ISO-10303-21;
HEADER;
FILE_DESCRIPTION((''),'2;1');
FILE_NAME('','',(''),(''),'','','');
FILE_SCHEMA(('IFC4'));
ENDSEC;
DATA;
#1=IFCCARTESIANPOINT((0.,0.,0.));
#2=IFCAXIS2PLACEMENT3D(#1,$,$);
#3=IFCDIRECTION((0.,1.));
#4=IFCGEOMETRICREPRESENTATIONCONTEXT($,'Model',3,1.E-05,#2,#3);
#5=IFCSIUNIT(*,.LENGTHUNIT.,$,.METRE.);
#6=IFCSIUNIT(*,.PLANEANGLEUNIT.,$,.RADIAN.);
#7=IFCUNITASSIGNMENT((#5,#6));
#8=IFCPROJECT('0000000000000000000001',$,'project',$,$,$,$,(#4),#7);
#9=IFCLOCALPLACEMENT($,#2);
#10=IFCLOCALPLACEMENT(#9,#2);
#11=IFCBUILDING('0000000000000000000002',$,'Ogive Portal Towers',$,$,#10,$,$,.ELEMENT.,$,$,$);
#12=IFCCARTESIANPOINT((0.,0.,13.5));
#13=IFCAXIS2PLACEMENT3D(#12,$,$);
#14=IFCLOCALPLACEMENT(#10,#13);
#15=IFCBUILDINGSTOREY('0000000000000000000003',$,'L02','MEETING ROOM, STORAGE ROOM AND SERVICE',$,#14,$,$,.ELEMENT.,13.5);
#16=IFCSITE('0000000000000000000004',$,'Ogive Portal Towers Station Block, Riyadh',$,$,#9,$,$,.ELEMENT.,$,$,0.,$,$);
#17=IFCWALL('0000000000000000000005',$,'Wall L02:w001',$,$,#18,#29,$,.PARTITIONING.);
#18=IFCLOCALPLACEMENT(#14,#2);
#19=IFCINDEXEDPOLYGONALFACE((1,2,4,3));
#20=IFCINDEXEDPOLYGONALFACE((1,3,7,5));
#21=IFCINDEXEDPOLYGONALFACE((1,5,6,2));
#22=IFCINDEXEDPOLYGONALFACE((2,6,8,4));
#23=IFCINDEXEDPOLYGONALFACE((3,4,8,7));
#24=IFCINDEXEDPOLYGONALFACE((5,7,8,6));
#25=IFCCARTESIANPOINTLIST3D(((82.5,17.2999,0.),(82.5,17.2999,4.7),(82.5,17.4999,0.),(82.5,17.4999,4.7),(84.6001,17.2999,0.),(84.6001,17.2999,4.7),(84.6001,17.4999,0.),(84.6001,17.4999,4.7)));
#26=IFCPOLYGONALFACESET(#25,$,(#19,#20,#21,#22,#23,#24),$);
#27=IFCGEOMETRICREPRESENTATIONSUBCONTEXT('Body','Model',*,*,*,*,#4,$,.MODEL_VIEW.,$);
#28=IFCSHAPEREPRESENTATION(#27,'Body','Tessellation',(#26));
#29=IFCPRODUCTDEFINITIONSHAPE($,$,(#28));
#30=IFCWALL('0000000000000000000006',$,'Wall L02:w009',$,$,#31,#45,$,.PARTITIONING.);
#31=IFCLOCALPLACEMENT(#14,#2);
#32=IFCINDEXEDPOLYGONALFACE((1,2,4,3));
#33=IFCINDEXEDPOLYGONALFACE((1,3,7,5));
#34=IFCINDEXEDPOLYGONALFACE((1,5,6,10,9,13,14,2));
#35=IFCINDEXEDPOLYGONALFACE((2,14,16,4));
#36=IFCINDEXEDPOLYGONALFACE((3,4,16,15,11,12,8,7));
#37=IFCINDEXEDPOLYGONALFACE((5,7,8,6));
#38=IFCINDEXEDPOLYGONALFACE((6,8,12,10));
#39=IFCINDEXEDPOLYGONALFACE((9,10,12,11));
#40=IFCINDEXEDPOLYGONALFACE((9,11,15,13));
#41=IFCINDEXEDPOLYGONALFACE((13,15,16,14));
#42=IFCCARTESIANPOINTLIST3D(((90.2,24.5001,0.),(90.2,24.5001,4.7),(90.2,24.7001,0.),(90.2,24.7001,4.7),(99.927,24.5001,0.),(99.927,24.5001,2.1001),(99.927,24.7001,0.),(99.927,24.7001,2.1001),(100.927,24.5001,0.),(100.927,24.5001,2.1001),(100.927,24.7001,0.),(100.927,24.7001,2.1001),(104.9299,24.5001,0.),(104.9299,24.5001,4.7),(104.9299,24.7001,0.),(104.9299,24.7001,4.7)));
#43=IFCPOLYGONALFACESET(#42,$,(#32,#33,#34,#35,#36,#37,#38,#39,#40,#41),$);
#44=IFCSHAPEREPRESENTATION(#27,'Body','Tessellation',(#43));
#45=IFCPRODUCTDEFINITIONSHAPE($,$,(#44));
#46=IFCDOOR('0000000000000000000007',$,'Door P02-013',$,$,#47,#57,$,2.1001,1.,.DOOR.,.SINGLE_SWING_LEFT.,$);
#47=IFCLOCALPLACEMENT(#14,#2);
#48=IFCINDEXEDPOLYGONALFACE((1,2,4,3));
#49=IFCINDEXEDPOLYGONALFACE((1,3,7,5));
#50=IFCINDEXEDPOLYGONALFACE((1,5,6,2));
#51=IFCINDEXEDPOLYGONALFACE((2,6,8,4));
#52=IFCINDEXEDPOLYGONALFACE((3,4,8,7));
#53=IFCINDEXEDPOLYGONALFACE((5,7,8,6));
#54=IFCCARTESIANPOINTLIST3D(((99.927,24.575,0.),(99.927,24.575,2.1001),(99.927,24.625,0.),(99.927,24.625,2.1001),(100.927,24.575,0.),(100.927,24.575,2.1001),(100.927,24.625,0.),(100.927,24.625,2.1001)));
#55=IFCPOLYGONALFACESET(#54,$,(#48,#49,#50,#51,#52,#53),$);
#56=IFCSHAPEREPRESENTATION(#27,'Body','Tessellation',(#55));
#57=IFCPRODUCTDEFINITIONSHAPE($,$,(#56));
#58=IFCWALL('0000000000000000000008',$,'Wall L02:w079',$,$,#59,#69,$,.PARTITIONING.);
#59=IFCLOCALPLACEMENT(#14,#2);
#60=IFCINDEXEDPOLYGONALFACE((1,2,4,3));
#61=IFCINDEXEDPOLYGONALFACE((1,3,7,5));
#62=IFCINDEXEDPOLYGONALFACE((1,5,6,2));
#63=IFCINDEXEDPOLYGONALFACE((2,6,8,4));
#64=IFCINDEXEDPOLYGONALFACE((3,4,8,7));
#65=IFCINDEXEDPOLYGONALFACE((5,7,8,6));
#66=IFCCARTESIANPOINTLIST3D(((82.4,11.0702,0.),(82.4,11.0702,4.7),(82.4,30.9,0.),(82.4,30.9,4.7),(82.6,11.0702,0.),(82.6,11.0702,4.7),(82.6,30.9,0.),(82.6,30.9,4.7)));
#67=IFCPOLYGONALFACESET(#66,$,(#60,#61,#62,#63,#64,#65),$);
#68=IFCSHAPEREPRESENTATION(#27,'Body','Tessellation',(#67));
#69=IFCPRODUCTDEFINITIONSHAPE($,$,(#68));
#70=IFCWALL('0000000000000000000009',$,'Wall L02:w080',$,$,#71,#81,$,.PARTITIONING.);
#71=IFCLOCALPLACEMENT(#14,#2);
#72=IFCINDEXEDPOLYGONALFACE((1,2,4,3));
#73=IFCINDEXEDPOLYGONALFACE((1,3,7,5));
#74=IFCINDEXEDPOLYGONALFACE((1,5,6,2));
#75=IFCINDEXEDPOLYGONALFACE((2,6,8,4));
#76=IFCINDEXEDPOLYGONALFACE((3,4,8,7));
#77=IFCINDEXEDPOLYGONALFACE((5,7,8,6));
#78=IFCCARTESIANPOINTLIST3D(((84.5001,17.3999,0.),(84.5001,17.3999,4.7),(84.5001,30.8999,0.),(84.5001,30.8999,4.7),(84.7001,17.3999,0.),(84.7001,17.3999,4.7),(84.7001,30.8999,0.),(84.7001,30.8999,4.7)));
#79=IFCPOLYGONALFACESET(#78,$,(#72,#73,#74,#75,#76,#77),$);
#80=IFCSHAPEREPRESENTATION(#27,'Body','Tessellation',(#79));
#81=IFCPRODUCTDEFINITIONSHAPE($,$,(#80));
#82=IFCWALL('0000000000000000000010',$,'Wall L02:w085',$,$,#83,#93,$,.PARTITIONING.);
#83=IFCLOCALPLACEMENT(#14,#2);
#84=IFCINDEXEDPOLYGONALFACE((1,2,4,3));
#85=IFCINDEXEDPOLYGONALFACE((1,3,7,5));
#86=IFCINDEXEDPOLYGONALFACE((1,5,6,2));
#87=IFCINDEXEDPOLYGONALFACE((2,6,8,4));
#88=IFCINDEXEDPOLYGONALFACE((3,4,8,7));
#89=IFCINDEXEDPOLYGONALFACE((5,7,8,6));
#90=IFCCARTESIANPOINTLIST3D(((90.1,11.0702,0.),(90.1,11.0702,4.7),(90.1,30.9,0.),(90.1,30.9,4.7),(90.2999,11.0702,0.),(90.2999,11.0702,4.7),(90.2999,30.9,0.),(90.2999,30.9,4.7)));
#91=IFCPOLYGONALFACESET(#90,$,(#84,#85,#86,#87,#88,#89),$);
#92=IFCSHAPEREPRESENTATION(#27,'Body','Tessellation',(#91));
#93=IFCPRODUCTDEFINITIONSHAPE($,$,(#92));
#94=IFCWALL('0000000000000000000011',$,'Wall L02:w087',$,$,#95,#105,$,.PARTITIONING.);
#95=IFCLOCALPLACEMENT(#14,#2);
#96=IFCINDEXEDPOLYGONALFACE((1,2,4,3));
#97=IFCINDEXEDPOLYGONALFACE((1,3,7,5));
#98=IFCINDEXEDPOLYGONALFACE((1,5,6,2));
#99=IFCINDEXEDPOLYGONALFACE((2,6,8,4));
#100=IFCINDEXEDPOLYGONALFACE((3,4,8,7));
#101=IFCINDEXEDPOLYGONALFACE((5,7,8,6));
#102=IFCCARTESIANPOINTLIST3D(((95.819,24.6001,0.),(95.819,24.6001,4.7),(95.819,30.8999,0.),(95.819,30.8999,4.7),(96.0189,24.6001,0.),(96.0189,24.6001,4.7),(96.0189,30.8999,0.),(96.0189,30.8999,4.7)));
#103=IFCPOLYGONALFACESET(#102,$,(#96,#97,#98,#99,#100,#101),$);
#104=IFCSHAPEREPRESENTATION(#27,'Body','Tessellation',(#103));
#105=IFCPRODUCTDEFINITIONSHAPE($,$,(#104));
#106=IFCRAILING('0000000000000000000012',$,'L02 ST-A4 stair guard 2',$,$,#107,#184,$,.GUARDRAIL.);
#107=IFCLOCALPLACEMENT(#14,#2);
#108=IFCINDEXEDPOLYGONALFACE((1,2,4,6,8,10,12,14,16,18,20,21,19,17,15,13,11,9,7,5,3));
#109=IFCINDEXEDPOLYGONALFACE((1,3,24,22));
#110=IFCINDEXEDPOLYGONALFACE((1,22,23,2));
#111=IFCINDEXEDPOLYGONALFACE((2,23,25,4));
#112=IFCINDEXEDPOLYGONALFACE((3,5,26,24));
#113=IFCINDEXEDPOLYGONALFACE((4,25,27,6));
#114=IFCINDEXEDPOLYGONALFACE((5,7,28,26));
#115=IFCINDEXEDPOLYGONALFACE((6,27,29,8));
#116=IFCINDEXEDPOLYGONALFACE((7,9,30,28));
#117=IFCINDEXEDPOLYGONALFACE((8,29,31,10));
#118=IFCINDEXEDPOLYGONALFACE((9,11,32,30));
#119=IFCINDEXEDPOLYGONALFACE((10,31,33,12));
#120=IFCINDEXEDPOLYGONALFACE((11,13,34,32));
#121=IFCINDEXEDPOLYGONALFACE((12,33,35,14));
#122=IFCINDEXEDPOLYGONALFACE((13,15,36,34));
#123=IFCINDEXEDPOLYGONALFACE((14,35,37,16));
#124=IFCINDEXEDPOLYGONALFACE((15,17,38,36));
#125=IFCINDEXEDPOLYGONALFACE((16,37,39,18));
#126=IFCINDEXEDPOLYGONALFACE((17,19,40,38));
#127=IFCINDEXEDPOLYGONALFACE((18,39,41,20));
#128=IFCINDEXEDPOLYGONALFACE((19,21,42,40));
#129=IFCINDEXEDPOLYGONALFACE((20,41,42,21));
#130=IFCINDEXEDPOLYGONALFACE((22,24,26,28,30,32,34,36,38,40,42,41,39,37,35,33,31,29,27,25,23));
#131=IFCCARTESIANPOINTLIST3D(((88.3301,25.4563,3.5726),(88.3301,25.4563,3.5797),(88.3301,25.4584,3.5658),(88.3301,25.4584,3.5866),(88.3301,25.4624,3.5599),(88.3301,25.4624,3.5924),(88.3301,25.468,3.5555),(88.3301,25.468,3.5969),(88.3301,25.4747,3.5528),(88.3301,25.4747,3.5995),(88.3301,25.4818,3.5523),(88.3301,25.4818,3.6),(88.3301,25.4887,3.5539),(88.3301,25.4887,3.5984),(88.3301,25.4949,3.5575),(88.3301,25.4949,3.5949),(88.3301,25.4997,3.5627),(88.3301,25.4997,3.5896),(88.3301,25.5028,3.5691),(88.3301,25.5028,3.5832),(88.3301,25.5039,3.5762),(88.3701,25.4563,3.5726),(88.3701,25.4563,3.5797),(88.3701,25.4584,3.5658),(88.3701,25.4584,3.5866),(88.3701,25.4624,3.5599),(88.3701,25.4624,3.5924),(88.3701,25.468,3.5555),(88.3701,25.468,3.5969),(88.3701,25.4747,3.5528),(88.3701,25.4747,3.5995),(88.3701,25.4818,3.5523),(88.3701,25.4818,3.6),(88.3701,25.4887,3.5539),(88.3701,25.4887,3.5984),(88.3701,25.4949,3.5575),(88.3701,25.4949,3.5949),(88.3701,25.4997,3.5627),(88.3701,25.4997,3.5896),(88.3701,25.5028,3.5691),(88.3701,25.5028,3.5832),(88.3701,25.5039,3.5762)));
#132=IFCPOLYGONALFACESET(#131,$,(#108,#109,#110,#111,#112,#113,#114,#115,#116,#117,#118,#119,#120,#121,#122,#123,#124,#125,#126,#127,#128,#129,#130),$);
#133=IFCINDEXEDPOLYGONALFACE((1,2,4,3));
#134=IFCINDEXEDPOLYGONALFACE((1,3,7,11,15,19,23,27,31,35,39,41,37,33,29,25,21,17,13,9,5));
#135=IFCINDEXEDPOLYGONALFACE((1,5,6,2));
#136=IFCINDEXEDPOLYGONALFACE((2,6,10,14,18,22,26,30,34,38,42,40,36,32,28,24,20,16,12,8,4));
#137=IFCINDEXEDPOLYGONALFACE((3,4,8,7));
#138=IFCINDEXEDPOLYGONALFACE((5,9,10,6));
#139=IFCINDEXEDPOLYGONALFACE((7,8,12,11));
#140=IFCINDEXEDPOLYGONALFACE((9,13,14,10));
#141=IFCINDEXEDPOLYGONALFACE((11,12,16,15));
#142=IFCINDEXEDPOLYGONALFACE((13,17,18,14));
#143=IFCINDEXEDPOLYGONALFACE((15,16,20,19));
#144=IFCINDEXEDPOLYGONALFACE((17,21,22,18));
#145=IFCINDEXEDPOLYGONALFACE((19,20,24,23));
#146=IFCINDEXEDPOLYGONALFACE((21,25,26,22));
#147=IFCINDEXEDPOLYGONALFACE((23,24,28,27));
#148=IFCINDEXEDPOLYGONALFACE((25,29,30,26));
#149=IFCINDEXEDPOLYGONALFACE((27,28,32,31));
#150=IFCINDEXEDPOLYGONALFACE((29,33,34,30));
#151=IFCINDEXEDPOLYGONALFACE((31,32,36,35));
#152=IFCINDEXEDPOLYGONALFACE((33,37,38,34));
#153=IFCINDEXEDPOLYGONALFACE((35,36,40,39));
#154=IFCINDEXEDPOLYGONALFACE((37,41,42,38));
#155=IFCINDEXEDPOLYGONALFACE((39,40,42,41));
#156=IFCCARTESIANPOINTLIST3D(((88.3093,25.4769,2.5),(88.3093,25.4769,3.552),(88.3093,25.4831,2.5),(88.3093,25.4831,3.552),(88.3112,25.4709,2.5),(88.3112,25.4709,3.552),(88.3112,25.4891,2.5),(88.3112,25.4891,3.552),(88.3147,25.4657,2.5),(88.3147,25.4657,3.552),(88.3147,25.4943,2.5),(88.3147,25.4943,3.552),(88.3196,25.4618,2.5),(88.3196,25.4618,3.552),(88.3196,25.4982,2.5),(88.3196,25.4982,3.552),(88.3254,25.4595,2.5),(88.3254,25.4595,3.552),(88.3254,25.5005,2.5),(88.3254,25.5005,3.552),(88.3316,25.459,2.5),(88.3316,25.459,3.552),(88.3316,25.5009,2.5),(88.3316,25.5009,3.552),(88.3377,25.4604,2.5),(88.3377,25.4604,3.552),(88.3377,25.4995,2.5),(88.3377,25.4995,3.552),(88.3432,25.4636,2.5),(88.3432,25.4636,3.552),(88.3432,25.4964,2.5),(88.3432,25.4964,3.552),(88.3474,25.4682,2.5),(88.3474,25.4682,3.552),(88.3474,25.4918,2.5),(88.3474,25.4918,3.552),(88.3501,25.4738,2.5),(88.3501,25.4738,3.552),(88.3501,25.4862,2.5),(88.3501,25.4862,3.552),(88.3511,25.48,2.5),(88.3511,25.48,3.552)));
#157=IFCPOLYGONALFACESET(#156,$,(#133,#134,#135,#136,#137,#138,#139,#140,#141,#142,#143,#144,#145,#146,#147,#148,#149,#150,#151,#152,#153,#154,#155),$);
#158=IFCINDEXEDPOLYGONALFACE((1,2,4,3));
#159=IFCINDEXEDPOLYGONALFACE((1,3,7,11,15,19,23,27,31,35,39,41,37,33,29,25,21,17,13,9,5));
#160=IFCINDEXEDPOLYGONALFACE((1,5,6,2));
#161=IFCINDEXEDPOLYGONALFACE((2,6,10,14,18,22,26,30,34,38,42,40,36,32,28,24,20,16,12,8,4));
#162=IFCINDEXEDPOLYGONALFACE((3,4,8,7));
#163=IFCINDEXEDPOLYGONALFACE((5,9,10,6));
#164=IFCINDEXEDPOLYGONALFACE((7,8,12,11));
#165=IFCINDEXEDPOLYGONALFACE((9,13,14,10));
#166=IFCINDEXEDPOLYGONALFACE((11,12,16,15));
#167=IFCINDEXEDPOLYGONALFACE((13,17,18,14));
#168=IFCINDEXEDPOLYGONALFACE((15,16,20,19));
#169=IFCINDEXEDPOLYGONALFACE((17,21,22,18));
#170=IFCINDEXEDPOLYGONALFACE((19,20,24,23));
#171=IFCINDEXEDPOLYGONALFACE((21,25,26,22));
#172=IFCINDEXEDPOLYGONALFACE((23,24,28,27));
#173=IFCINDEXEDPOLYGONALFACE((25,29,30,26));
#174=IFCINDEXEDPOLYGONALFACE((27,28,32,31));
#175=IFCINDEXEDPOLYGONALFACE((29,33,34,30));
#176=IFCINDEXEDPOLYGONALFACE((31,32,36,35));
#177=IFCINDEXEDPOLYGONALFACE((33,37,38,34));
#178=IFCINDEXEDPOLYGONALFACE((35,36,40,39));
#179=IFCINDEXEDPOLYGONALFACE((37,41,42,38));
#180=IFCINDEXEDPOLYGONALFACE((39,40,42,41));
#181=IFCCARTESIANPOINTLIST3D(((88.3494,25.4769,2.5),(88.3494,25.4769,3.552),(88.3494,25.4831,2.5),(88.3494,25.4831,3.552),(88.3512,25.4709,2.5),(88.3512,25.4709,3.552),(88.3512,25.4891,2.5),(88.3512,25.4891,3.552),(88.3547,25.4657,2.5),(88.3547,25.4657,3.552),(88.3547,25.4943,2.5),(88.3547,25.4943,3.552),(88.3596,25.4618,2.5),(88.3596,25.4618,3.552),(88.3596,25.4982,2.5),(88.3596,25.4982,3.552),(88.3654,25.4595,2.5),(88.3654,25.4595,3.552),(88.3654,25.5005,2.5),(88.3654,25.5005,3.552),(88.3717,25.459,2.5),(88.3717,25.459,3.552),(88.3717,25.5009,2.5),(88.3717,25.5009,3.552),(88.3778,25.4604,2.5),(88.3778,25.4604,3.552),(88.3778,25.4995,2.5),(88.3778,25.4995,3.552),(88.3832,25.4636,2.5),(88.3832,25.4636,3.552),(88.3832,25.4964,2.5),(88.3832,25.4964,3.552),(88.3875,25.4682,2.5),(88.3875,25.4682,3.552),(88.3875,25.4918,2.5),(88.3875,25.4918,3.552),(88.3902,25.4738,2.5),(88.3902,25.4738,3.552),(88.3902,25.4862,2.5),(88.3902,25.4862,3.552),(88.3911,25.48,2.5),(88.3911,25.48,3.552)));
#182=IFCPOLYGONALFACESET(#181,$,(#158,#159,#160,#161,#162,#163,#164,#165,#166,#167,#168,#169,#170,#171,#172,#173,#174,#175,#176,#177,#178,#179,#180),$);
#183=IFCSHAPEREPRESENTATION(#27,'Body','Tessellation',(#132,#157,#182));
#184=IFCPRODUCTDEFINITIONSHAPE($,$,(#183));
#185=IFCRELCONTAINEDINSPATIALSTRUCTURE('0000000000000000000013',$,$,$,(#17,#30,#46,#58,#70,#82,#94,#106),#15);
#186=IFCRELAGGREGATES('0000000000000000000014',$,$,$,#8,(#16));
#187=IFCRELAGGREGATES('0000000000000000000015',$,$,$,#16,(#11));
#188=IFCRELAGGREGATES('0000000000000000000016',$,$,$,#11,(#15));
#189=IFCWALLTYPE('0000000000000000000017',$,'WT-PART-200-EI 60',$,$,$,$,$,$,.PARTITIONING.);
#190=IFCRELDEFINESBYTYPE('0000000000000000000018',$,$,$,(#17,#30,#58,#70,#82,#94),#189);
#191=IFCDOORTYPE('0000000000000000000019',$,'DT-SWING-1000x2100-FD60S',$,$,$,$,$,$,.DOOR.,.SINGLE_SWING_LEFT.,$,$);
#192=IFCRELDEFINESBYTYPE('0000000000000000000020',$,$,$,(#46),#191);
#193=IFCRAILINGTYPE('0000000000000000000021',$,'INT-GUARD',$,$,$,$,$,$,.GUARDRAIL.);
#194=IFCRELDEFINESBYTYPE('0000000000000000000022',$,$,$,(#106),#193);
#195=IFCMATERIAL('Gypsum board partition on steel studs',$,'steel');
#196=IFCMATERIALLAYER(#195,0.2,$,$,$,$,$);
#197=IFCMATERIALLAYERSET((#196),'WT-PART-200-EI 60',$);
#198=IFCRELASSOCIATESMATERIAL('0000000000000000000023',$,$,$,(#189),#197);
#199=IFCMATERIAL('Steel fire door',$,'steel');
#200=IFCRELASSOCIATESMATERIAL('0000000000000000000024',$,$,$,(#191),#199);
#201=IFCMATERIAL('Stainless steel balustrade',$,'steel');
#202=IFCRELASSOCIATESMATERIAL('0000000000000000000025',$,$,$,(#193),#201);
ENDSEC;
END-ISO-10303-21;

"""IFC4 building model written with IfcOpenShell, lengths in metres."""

from ifc_helpers import new_model, si_unit, direction, frame, frame_2d, origin, origin_2d, place, context, subcontext, project, spatial, rectangle, circle, extrude, material, layer, layer_set, type_object, element, fill, save


model = new_model("IFC4")

# Units and contexts
model_context = context("Model", 3, precision=1e-05, world=origin(), true_north=direction((0.0, 1.0)))
body_context = subcontext(model_context, "Body", "Model", "MODEL_VIEW")
ifc_project = project(units=[si_unit("LENGTHUNIT", "METRE"), si_unit("PLANEANGLEUNIT", "RADIAN")], contexts=[model_context])

# Site, building, storey
site_placement = place(None, origin())
site = spatial("IfcSite", under=ifc_project, at=site_placement, Name="Ogive Portal Towers Station Block, Riyadh", CompositionType="ELEMENT", RefElevation=0.0)
building_placement = place(site_placement, origin())
building = spatial("IfcBuilding", under=site, at=building_placement, Name="Ogive Portal Towers", CompositionType="ELEMENT")
storey_placement = place(building_placement, frame((0.0, 0.0, 13.5)))
storey = spatial("IfcBuildingStorey", under=building, at=storey_placement, Name="L02", Description="MEETING ROOM, STORAGE ROOM AND SERVICE", CompositionType="ELEMENT", Elevation=13.5)

# Wall
ifc_material_1 = material(Name="Gypsum board partition on steel studs", Category="steel")
ifc_layer_1 = layer(ifc_material_1, 0.2)
ifc_layer_set_1 = layer_set([ifc_layer_1], Name="WT-PART-200-EI 60")
wall_type_1 = type_object("IfcWallType", Name="WT-PART-200-EI 60", PredefinedType="PARTITIONING", material=ifc_layer_set_1)
wall_1_placement = place(storey_placement, frame((82.5, 17.3999, 0.0), z_axis=(0.0, 0.0, 1.0), x_axis=(1.0, 0.0, 0.0)))
element("IfcWall", 1, at=wall_1_placement, inside=storey, type_object=wall_type_1, Name="Wall L02:w001", PredefinedType="PARTITIONING", context=body_context, shape_type="SweptSolid", body=[
    extrude(rectangle(XDim=2.1001, YDim=0.2, at=frame_2d((1.05, 0.0))), origin(), (0.0, 0.0, 1.0), 4.7),
])

# Wall, opening, door
wall_2_placement = place(storey_placement, frame((90.2, 24.6001, 0.0), z_axis=(0.0, 0.0, 1.0), x_axis=(1.0, 0.0, 0.0)))
wall_2 = element("IfcWall", 2, at=wall_2_placement, inside=storey, type_object=wall_type_1, Name="Wall L02:w009", PredefinedType="PARTITIONING", context=body_context, shape_type="SweptSolid", body=[
    extrude(rectangle(XDim=14.73, YDim=0.2, at=frame_2d((7.365, 0.0))), origin(), (0.0, 0.0, 1.0), 4.7),
])
opening_1_placement = place(wall_2_placement, frame((9.7271, 0.0, 0.0)))
opening_1 = element("IfcOpeningElement", 3, at=opening_1_placement, cuts=wall_2, PredefinedType="OPENING", context=body_context, shape_type="SweptSolid", body=[
    extrude(rectangle(XDim=1.0, YDim=2.1001, at=frame_2d((0.5, 1.05))), frame((0.0, 0.1099, 0.0), z_axis=(0.0, -1.0, 0.0), x_axis=(1.0, 0.0, 0.0)), (0.0, 0.0, 1.0), 0.22),
])
ifc_material_2 = material(Name="Steel fire door", Category="steel")
door_type = type_object("IfcDoorType", Name="DT-SWING-1000x2100-FD60S", OperationType="SINGLE_SWING_LEFT", PredefinedType="DOOR", material=ifc_material_2)
door_placement = place(opening_1_placement, origin())
door = element("IfcDoor", 4, at=door_placement, inside=storey, type_object=door_type, Name="Door P02-013", OperationType="SINGLE_SWING_LEFT", OverallHeight=2.1001, OverallWidth=1.0, PredefinedType="DOOR", context=body_context, shape_type="SweptSolid", body=[
    extrude(rectangle(XDim=1.0, YDim=2.1001, at=frame_2d((0.5, 1.05))), frame((0.0, 0.0249, 0.0), z_axis=(0.0, -1.0, 0.0), x_axis=(1.0, 0.0, 0.0)), (0.0, 0.0, 1.0), 0.05),
])
fill(opening_1, door)

# Walls
wall_3_placement = place(storey_placement, frame((82.5, 11.0701, 0.0), z_axis=(0.0, 0.0, 1.0), x_axis=(0.0, 1.0, 0.0)))
element("IfcWall", 5, at=wall_3_placement, inside=storey, type_object=wall_type_1, Name="Wall L02:w079", PredefinedType="PARTITIONING", context=body_context, shape_type="SweptSolid", body=[
    extrude(rectangle(XDim=19.8298, YDim=0.2, at=frame_2d((9.915, 0.0))), origin(), (0.0, 0.0, 1.0), 4.7),
])
wall_4_placement = place(storey_placement, frame((84.6001, 17.3999, 0.0), z_axis=(0.0, 0.0, 1.0), x_axis=(0.0, 1.0, 0.0)))
element("IfcWall", 6, at=wall_4_placement, inside=storey, type_object=wall_type_1, Name="Wall L02:w080", PredefinedType="PARTITIONING", context=body_context, shape_type="SweptSolid", body=[
    extrude(rectangle(XDim=13.5, YDim=0.2, at=frame_2d((6.75, 0.0))), origin(), (0.0, 0.0, 1.0), 4.7),
])
wall_5_placement = place(storey_placement, frame((90.2, 11.0701, 0.0), z_axis=(0.0, 0.0, 1.0), x_axis=(0.0, 1.0, 0.0)))
element("IfcWall", 7, at=wall_5_placement, inside=storey, type_object=wall_type_1, Name="Wall L02:w085", PredefinedType="PARTITIONING", context=body_context, shape_type="SweptSolid", body=[
    extrude(rectangle(XDim=19.8298, YDim=0.2, at=frame_2d((9.915, 0.0))), origin(), (0.0, 0.0, 1.0), 4.7),
])
wall_6_placement = place(storey_placement, frame((95.9189, 24.6001, 0.0), z_axis=(0.0, 0.0, 1.0), x_axis=(0.0, 1.0, 0.0)))
element("IfcWall", 8, at=wall_6_placement, inside=storey, type_object=wall_type_1, Name="Wall L02:w087", PredefinedType="PARTITIONING", context=body_context, shape_type="SweptSolid", body=[
    extrude(rectangle(XDim=6.2998, YDim=0.2, at=frame_2d((3.1499, 0.0))), origin(), (0.0, 0.0, 1.0), 4.7),
])

# Railing
ifc_material_3 = material(Name="Stainless steel balustrade", Category="steel")
railing_type_1 = type_object("IfcRailingType", Name="INT-GUARD", PredefinedType="GUARDRAIL", material=ifc_material_3)
railing_1_placement = place(storey_placement, frame((88.3301, 25.48, 2.5)))
element("IfcRailing", 9, at=railing_1_placement, inside=storey, type_object=railing_type_1, Name="L02 ST-A4 stair guard 2", PredefinedType="GUARDRAIL", context=body_context, shape_type="SweptSolid", body=[
    extrude(circle(Radius=0.0239, at=origin_2d()), frame((0.0, 0.0, 1.0762), z_axis=(1.0, 0.0, 0.0), x_axis=(0.0, 1.0, 0.0)), (0.0, 0.0, 1.0), 0.04),
    extrude(circle(Radius=0.021, at=origin_2d()), origin(), (0.0, 0.0, 1.0), 1.052),
    extrude(circle(Radius=0.021, at=origin_2d()), frame((0.04, 0.0, 0.0)), (0.0, 0.0, 1.0), 1.052),
])

save(model, "model.ifc")
